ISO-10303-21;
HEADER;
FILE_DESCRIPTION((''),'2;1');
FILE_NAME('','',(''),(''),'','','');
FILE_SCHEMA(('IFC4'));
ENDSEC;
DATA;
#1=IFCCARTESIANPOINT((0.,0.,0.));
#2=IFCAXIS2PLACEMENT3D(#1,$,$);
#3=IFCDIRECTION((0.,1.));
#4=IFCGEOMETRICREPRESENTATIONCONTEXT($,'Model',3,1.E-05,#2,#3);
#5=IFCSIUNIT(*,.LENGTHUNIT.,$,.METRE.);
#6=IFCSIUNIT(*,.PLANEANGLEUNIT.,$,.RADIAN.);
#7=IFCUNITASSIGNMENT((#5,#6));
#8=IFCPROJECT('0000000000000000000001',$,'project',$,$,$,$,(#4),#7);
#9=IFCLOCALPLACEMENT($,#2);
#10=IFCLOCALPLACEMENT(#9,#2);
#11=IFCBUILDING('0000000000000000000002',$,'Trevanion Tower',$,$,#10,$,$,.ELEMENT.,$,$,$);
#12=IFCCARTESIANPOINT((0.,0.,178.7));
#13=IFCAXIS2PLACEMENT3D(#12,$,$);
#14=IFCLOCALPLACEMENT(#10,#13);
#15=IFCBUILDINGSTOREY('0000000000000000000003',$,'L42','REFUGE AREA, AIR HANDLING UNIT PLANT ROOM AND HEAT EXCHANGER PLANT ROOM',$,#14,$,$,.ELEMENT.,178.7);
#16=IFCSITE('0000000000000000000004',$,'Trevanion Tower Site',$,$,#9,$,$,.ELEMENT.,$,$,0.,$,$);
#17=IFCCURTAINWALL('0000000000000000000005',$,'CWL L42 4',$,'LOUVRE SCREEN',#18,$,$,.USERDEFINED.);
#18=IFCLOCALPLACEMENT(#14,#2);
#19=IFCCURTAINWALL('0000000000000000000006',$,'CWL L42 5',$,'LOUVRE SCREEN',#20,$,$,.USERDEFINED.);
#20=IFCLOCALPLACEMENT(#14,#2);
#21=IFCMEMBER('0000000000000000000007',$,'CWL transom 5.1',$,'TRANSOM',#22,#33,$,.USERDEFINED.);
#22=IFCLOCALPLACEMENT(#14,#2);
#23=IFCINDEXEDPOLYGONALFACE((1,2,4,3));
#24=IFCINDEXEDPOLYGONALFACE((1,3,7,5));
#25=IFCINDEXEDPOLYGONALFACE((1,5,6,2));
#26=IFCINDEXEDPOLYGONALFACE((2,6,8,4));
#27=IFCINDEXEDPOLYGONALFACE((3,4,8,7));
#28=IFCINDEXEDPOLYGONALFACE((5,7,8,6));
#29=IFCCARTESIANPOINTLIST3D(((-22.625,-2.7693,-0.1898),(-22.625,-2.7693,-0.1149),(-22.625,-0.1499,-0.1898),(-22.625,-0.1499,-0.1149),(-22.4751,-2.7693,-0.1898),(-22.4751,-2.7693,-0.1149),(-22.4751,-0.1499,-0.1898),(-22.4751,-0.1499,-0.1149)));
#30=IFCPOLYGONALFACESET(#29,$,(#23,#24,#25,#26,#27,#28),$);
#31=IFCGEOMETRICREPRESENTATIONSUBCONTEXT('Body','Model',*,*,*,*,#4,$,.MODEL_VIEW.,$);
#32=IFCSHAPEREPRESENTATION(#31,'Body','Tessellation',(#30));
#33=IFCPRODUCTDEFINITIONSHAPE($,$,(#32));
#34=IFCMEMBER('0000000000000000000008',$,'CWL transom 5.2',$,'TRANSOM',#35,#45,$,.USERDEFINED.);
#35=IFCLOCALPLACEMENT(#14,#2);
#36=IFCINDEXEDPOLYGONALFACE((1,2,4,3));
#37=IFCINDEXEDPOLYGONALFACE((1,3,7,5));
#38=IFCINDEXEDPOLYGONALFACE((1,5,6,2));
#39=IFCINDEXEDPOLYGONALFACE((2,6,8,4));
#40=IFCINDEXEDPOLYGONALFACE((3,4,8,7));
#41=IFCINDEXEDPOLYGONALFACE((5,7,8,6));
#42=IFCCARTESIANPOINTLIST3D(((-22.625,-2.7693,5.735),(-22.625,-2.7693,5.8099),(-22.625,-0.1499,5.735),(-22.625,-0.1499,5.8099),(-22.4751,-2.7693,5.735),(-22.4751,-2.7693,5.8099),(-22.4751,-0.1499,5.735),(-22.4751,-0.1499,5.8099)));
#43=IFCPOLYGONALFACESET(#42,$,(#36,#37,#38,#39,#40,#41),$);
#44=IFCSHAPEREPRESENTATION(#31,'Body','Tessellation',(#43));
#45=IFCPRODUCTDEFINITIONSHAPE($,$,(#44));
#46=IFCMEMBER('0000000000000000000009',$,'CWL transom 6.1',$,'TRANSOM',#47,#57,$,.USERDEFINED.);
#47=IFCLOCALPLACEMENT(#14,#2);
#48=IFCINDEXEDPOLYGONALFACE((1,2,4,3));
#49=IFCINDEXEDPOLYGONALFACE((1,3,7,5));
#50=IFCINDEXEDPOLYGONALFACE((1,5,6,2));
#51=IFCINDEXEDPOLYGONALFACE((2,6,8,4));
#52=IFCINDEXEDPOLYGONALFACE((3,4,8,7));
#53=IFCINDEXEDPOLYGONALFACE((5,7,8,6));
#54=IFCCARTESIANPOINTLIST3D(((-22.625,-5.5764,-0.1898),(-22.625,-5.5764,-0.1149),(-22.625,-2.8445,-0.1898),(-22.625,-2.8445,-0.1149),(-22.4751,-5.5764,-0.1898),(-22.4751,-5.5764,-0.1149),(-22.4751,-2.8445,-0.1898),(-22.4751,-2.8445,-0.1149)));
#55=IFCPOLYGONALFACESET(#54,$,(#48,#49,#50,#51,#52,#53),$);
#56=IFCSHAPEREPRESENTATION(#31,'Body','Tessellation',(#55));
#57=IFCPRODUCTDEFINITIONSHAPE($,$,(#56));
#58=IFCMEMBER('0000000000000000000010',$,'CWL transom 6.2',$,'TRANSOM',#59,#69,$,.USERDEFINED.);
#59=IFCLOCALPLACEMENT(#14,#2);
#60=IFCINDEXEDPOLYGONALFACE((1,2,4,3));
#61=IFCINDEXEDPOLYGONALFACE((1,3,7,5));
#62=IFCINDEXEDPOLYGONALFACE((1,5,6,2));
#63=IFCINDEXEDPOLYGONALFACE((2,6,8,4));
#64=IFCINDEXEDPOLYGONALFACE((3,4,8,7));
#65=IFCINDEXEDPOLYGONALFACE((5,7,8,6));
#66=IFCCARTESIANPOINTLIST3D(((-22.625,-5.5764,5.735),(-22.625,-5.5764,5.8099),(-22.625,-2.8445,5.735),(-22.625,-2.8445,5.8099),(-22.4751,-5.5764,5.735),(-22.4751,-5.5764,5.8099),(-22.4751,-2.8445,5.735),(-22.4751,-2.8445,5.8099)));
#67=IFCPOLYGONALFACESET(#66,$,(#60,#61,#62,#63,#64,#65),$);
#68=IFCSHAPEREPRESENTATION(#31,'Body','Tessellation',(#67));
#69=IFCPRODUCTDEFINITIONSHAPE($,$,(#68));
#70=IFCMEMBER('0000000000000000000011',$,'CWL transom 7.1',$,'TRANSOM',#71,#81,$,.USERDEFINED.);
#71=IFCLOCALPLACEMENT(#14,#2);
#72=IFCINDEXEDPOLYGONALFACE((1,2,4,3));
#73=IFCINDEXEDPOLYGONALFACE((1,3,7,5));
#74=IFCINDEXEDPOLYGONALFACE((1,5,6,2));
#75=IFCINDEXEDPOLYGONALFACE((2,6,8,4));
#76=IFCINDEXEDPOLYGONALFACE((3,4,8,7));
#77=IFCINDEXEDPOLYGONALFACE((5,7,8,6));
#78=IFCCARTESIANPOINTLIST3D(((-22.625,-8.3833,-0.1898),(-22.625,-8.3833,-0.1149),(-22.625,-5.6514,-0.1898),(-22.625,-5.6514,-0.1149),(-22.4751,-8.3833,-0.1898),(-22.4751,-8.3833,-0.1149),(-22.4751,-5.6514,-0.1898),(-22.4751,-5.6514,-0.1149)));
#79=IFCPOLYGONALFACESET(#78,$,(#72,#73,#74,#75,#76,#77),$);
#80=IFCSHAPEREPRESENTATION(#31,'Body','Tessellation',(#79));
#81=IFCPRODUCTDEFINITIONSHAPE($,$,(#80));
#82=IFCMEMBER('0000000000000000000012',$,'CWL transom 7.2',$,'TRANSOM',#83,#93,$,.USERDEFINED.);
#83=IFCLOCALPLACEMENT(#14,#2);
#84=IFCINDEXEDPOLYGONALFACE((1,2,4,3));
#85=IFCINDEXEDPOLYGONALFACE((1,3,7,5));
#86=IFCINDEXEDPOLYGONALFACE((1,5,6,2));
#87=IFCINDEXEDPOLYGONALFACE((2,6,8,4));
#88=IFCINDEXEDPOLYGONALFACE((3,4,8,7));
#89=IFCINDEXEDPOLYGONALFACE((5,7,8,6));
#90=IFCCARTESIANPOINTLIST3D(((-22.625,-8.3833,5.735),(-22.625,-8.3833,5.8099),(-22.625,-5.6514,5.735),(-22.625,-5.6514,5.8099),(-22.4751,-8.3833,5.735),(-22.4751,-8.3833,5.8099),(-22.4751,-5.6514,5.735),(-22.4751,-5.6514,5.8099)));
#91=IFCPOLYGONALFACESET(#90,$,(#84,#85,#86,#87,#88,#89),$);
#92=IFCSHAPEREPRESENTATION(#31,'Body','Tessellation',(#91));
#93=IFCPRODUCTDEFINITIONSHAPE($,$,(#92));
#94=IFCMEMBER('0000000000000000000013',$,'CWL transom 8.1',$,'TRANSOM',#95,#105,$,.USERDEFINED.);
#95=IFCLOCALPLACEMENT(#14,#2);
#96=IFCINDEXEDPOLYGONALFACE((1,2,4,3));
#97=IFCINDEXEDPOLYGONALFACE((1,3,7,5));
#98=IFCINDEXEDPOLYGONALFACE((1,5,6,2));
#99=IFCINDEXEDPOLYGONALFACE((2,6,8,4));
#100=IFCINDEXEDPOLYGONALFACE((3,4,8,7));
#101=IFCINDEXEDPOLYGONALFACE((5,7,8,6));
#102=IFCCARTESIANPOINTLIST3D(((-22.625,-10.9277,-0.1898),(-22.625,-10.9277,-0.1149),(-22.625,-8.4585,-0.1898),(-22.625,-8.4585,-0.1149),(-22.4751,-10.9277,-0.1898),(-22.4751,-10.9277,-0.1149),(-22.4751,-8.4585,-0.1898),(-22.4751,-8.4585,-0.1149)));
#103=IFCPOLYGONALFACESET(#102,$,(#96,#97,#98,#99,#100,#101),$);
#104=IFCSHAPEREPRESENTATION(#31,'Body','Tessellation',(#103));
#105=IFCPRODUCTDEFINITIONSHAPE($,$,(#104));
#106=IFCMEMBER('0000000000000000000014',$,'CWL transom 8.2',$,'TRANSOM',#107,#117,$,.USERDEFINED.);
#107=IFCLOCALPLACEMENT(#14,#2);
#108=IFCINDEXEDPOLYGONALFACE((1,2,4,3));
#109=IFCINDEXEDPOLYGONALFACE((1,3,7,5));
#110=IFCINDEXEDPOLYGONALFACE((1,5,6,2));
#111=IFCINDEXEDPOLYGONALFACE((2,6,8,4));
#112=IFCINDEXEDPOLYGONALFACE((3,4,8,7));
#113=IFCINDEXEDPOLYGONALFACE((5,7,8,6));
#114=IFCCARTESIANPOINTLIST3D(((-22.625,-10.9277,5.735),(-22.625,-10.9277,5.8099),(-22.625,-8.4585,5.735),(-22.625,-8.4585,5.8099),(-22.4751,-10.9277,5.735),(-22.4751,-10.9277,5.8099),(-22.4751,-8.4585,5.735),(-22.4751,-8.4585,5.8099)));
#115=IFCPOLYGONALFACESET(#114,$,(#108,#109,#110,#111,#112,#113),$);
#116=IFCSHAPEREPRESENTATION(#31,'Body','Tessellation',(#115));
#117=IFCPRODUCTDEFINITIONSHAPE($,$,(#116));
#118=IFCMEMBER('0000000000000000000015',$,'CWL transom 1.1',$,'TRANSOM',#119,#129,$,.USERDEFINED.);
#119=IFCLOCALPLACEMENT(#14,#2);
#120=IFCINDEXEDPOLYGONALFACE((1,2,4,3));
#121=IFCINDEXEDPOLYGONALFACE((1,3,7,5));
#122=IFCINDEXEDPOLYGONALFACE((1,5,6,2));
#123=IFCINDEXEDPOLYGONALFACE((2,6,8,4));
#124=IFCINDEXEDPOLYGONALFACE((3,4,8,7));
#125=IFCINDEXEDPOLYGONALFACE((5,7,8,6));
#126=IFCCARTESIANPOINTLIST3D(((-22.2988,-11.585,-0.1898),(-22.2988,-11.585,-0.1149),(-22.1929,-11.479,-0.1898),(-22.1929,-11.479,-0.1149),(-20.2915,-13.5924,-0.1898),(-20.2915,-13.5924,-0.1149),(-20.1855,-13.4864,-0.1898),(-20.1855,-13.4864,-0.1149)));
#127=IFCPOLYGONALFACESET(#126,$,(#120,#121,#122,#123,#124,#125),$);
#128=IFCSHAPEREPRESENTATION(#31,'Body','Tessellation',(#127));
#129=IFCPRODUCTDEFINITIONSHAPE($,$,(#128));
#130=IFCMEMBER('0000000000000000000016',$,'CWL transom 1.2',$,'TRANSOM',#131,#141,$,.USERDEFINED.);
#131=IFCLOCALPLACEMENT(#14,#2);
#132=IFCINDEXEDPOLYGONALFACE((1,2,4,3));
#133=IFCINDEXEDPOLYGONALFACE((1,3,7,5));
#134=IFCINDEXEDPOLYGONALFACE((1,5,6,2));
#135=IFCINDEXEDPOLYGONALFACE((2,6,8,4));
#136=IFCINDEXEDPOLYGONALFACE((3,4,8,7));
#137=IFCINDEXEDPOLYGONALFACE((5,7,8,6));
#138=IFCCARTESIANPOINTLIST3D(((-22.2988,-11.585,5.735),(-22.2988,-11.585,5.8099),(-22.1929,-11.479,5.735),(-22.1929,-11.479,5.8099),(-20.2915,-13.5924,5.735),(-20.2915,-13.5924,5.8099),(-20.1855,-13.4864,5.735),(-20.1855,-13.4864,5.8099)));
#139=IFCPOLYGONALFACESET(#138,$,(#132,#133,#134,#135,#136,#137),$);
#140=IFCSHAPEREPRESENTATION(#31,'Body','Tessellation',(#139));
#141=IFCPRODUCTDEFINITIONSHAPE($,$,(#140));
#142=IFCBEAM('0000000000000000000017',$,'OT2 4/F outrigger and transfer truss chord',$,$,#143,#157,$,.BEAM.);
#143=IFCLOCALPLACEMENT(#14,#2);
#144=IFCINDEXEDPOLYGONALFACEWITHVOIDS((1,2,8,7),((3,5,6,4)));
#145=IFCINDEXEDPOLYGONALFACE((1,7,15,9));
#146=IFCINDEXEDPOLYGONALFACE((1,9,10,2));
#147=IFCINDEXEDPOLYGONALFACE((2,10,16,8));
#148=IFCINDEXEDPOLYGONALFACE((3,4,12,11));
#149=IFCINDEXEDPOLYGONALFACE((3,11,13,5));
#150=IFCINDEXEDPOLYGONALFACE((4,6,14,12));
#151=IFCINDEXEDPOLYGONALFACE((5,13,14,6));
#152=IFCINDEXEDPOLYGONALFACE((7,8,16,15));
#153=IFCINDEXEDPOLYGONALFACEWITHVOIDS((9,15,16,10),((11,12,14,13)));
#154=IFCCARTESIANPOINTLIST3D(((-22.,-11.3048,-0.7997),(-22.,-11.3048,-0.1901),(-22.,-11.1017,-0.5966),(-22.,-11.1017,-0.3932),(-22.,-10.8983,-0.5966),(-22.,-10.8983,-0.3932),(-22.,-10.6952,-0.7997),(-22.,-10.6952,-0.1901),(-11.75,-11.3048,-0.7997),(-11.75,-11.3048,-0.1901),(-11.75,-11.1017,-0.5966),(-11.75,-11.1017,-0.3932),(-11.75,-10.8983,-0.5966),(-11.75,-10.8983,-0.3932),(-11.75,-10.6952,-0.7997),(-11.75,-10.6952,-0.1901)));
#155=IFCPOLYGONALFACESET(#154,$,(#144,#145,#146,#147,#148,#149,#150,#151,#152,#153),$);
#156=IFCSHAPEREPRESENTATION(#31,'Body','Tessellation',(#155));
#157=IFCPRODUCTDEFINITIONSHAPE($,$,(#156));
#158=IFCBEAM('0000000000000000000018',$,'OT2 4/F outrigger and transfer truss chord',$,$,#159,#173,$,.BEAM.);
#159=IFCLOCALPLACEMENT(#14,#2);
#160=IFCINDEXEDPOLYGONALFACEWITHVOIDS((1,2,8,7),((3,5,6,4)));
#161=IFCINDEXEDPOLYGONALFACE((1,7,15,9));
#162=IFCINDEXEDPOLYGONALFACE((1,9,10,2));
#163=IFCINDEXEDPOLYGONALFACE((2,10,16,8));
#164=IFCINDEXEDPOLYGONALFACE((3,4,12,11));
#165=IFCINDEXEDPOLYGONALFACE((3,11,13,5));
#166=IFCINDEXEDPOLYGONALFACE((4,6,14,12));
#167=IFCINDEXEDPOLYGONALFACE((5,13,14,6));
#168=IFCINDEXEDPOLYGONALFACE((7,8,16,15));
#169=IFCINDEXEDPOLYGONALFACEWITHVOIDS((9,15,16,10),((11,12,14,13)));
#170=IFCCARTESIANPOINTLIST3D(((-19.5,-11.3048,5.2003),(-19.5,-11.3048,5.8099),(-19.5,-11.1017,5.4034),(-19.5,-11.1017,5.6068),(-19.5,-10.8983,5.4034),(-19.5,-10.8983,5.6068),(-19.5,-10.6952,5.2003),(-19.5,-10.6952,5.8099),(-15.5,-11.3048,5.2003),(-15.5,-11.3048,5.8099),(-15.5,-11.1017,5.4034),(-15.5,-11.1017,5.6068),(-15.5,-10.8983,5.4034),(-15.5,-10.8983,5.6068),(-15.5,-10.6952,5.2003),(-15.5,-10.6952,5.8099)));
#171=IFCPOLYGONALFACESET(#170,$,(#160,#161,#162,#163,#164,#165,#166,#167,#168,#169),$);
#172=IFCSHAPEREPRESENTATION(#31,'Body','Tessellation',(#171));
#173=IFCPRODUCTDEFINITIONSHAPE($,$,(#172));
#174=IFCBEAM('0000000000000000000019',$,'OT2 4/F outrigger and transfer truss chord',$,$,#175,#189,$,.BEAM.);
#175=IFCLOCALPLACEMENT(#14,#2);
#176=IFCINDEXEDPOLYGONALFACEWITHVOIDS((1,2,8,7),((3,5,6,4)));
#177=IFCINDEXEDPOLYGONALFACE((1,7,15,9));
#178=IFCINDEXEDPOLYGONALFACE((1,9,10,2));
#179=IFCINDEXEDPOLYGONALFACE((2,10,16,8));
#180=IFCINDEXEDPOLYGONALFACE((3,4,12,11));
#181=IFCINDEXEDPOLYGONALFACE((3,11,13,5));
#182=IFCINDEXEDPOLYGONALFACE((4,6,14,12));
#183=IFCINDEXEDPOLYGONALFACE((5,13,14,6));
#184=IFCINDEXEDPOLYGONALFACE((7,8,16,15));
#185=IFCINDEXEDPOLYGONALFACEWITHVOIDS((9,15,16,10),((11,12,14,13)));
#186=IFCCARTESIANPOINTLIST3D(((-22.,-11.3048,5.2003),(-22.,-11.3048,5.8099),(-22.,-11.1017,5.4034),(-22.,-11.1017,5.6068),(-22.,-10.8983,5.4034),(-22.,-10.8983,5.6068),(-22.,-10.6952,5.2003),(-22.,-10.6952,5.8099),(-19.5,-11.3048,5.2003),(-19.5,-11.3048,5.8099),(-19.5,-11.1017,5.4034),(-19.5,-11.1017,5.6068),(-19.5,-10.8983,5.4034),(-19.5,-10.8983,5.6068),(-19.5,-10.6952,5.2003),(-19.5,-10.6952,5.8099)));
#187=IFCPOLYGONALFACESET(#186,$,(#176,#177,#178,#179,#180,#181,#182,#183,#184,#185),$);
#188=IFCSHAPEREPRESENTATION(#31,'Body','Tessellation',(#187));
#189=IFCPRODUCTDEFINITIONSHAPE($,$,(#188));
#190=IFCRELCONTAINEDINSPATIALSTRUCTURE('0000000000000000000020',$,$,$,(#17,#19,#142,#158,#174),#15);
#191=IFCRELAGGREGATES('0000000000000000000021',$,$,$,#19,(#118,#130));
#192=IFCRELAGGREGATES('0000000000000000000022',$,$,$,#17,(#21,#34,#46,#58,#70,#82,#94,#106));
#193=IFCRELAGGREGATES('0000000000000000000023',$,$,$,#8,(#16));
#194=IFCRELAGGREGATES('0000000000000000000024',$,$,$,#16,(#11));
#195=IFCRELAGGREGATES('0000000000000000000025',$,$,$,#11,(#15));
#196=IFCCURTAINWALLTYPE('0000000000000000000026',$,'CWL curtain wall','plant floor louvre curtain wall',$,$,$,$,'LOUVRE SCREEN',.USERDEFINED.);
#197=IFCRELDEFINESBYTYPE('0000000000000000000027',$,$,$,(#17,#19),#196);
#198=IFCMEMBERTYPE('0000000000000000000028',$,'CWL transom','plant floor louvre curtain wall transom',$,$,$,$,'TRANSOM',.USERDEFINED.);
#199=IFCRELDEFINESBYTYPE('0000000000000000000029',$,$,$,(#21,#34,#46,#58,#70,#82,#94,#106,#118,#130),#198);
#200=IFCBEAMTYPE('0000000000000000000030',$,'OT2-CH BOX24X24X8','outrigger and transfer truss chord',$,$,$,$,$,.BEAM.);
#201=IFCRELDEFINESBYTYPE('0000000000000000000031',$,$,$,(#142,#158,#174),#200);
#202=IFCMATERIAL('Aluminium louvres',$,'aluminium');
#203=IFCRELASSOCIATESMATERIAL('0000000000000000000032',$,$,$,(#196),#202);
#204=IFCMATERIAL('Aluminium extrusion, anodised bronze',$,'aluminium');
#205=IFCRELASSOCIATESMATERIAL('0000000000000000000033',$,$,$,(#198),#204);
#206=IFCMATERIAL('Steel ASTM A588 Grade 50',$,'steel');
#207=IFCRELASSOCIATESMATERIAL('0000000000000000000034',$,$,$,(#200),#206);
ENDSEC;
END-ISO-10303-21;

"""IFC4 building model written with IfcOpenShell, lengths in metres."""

from ifc_helpers import new_model, si_unit, direction, frame, origin, origin_2d, place, context, subcontext, project, spatial, rectangle, hollow_rectangle, extrude, material, material_profile, profile_set, type_object, element, aggregate, save


model = new_model("IFC4")

# Units and contexts
model_context = context("Model", 3, precision=1e-05, world=origin(), true_north=direction((0.0, 1.0)))
body_context = subcontext(model_context, "Body", "Model", "MODEL_VIEW")
ifc_project = project(units=[si_unit("LENGTHUNIT", "METRE"), si_unit("PLANEANGLEUNIT", "RADIAN")], contexts=[model_context])

# Site, building, storey
site_placement = place(None, origin())
site = spatial("IfcSite", under=ifc_project, at=site_placement, Name="Trevanion Tower Site", CompositionType="ELEMENT", RefElevation=0.0)
building_placement = place(site_placement, origin())
building = spatial("IfcBuilding", under=site, at=building_placement, Name="Trevanion Tower", CompositionType="ELEMENT")
storey_placement = place(building_placement, frame((0.0, 0.0, 178.7)))
storey = spatial("IfcBuildingStorey", under=building, at=storey_placement, Name="L42", Description="REFUGE AREA, AIR HANDLING UNIT PLANT ROOM AND HEAT EXCHANGER PLANT ROOM", CompositionType="ELEMENT", Elevation=178.7)

# Curtain wall
ifc_material_1 = material(Name="Aluminium louvres", Category="aluminium")
curtain_wall_type = type_object("IfcCurtainWallType", Name="CWL curtain wall", Description="plant floor louvre curtain wall", ElementType="LOUVRE SCREEN", PredefinedType="USERDEFINED", material=ifc_material_1)
curtain_wall_1_placement = place(storey_placement, origin())
curtain_wall_1 = element("IfcCurtainWall", 1, at=curtain_wall_1_placement, inside=storey, type_object=curtain_wall_type, Name="CWL L42 4", ObjectType="LOUVRE SCREEN", PredefinedType="USERDEFINED")

# Curtain wall
curtain_wall_2_placement = place(storey_placement, origin())
curtain_wall_2 = element("IfcCurtainWall", 2, at=curtain_wall_2_placement, inside=storey, type_object=curtain_wall_type, Name="CWL L42 5", ObjectType="LOUVRE SCREEN", PredefinedType="USERDEFINED")

# Members
ifc_material_2 = material(Name="Aluminium extrusion, anodised bronze", Category="aluminium")
ifc_material_profile_1 = material_profile(ifc_material_2, rectangle(XDim=0.1499, YDim=0.075, at=origin_2d()), Name="CWL transom")
ifc_profile_set_1 = profile_set([ifc_material_profile_1], Name="Aluminium extrusion, anodised bronze")
member_type_1 = type_object("IfcMemberType", Name="CWL transom", Description="plant floor louvre curtain wall transom", ElementType="TRANSOM", PredefinedType="USERDEFINED", material=ifc_profile_set_1)
member_1_placement = place(storey_placement, frame((-22.55, -0.1499, -0.1523), z_axis=(0.0, -1.0, 0.0), x_axis=(1.0, 0.0, 0.0)))
member_1 = element("IfcMember", 3, at=member_1_placement, type_object=member_type_1, Name="CWL transom 5.1", ObjectType="TRANSOM", PredefinedType="USERDEFINED", context=body_context, shape_type="SweptSolid", body=[
    extrude(rectangle(XDim=0.1499, YDim=0.075, at=origin_2d()), origin(), (0.0, 0.0, 1.0), 2.6194),
])
member_2_placement = place(storey_placement, frame((-22.55, -0.1499, 5.7725), z_axis=(0.0, -1.0, 0.0), x_axis=(1.0, 0.0, 0.0)))
member_2 = element("IfcMember", 4, at=member_2_placement, type_object=member_type_1, Name="CWL transom 5.2", ObjectType="TRANSOM", PredefinedType="USERDEFINED", context=body_context, shape_type="SweptSolid", body=[
    extrude(rectangle(XDim=0.1499, YDim=0.075, at=origin_2d()), origin(), (0.0, 0.0, 1.0), 2.6194),
])
member_3_placement = place(storey_placement, frame((-22.55, -2.8445, -0.1523), z_axis=(0.0, -1.0, 0.0), x_axis=(1.0, 0.0, 0.0)))
member_3 = element("IfcMember", 5, at=member_3_placement, type_object=member_type_1, Name="CWL transom 6.1", ObjectType="TRANSOM", PredefinedType="USERDEFINED", context=body_context, shape_type="SweptSolid", body=[
    extrude(rectangle(XDim=0.1499, YDim=0.075, at=origin_2d()), origin(), (0.0, 0.0, 1.0), 2.7319),
])
member_4_placement = place(storey_placement, frame((-22.55, -2.8445, 5.7725), z_axis=(0.0, -1.0, 0.0), x_axis=(1.0, 0.0, 0.0)))
member_4 = element("IfcMember", 6, at=member_4_placement, type_object=member_type_1, Name="CWL transom 6.2", ObjectType="TRANSOM", PredefinedType="USERDEFINED", context=body_context, shape_type="SweptSolid", body=[
    extrude(rectangle(XDim=0.1499, YDim=0.075, at=origin_2d()), origin(), (0.0, 0.0, 1.0), 2.7319),
])
member_5_placement = place(storey_placement, frame((-22.55, -5.6514, -0.1523), z_axis=(0.0, -1.0, 0.0), x_axis=(1.0, 0.0, 0.0)))
member_5 = element("IfcMember", 7, at=member_5_placement, type_object=member_type_1, Name="CWL transom 7.1", ObjectType="TRANSOM", PredefinedType="USERDEFINED", context=body_context, shape_type="SweptSolid", body=[
    extrude(rectangle(XDim=0.1499, YDim=0.075, at=origin_2d()), origin(), (0.0, 0.0, 1.0), 2.7319),
])
member_6_placement = place(storey_placement, frame((-22.55, -5.6514, 5.7725), z_axis=(0.0, -1.0, 0.0), x_axis=(1.0, 0.0, 0.0)))
member_6 = element("IfcMember", 8, at=member_6_placement, type_object=member_type_1, Name="CWL transom 7.2", ObjectType="TRANSOM", PredefinedType="USERDEFINED", context=body_context, shape_type="SweptSolid", body=[
    extrude(rectangle(XDim=0.1499, YDim=0.075, at=origin_2d()), origin(), (0.0, 0.0, 1.0), 2.7319),
])
member_7_placement = place(storey_placement, frame((-22.55, -8.4585, -0.1523), z_axis=(0.0, -1.0, 0.0), x_axis=(1.0, 0.0, 0.0)))
member_7 = element("IfcMember", 9, at=member_7_placement, type_object=member_type_1, Name="CWL transom 8.1", ObjectType="TRANSOM", PredefinedType="USERDEFINED", context=body_context, shape_type="SweptSolid", body=[
    extrude(rectangle(XDim=0.1499, YDim=0.075, at=origin_2d()), origin(), (0.0, 0.0, 1.0), 2.4692),
])
member_8_placement = place(storey_placement, frame((-22.55, -8.4585, 5.7725), z_axis=(0.0, -1.0, 0.0), x_axis=(1.0, 0.0, 0.0)))
member_8 = element("IfcMember", 10, at=member_8_placement, type_object=member_type_1, Name="CWL transom 8.2", ObjectType="TRANSOM", PredefinedType="USERDEFINED", context=body_context, shape_type="SweptSolid", body=[
    extrude(rectangle(XDim=0.1499, YDim=0.075, at=origin_2d()), origin(), (0.0, 0.0, 1.0), 2.4692),
])
member_9_placement = place(storey_placement, frame((-22.2458, -11.532, -0.1523), z_axis=(0.707107, -0.707107, 0.0), x_axis=(0.707107, 0.707107, 0.0)))
member_9 = element("IfcMember", 11, at=member_9_placement, type_object=member_type_1, Name="CWL transom 1.1", ObjectType="TRANSOM", PredefinedType="USERDEFINED", context=body_context, shape_type="SweptSolid", body=[
    extrude(rectangle(XDim=0.1499, YDim=0.075, at=origin_2d()), origin(), (0.0, 0.0, 1.0), 2.8389),
])
member_10_placement = place(storey_placement, frame((-22.2458, -11.532, 5.7725), z_axis=(0.707107, -0.707107, 0.0), x_axis=(0.707107, 0.707107, 0.0)))
member_10 = element("IfcMember", 12, at=member_10_placement, type_object=member_type_1, Name="CWL transom 1.2", ObjectType="TRANSOM", PredefinedType="USERDEFINED", context=body_context, shape_type="SweptSolid", body=[
    extrude(rectangle(XDim=0.1499, YDim=0.075, at=origin_2d()), origin(), (0.0, 0.0, 1.0), 2.8389),
])
aggregate(curtain_wall_2, [member_9, member_10])

# Beams
ifc_material_3 = material(Name="Steel ASTM A588 Grade 50", Category="steel")
ifc_material_profile_2 = material_profile(ifc_material_3, hollow_rectangle(XDim=0.6096, YDim=0.6096, WallThickness=0.2031, at=origin_2d()), Name="BOX24X24X8")
ifc_profile_set_2 = profile_set([ifc_material_profile_2], Name="Steel ASTM A588 Grade 50")
beam_type_1 = type_object("IfcBeamType", Name="OT2-CH BOX24X24X8", Description="outrigger and transfer truss chord", PredefinedType="BEAM", material=ifc_profile_set_2)
beam_1_placement = place(storey_placement, frame((-11.75, -11.0, -0.4949), z_axis=(-1.0, 0.0, 0.0), x_axis=(0.0, -1.0, 0.0)))
element("IfcBeam", 13, at=beam_1_placement, inside=storey, type_object=beam_type_1, Name="OT2 4/F outrigger and transfer truss chord", PredefinedType="BEAM", context=body_context, shape_type="SweptSolid", body=[
    extrude(hollow_rectangle(XDim=0.6096, YDim=0.6096, WallThickness=0.2031, at=origin_2d()), origin(), (0.0, 0.0, 1.0), 10.25),
])
beam_2_placement = place(storey_placement, frame((-15.5, -11.0, 5.5051), z_axis=(-1.0, 0.0, 0.0), x_axis=(0.0, -1.0, 0.0)))
element("IfcBeam", 14, at=beam_2_placement, inside=storey, type_object=beam_type_1, Name="OT2 4/F outrigger and transfer truss chord", PredefinedType="BEAM", context=body_context, shape_type="SweptSolid", body=[
    extrude(hollow_rectangle(XDim=0.6096, YDim=0.6096, WallThickness=0.2031, at=origin_2d()), origin(), (0.0, 0.0, 1.0), 4.0),
])
beam_3_placement = place(storey_placement, frame((-19.5, -11.0, 5.5051), z_axis=(-1.0, 0.0, 0.0), x_axis=(0.0, -1.0, 0.0)))
element("IfcBeam", 15, at=beam_3_placement, inside=storey, type_object=beam_type_1, Name="OT2 4/F outrigger and transfer truss chord", PredefinedType="BEAM", context=body_context, shape_type="SweptSolid", body=[
    extrude(hollow_rectangle(XDim=0.6096, YDim=0.6096, WallThickness=0.2031, at=origin_2d()), origin(), (0.0, 0.0, 1.0), 2.5),
])

aggregate(curtain_wall_1, [member_1, member_2, member_3, member_4, member_5, member_6, member_7, member_8])

save(model, "model.ifc")
